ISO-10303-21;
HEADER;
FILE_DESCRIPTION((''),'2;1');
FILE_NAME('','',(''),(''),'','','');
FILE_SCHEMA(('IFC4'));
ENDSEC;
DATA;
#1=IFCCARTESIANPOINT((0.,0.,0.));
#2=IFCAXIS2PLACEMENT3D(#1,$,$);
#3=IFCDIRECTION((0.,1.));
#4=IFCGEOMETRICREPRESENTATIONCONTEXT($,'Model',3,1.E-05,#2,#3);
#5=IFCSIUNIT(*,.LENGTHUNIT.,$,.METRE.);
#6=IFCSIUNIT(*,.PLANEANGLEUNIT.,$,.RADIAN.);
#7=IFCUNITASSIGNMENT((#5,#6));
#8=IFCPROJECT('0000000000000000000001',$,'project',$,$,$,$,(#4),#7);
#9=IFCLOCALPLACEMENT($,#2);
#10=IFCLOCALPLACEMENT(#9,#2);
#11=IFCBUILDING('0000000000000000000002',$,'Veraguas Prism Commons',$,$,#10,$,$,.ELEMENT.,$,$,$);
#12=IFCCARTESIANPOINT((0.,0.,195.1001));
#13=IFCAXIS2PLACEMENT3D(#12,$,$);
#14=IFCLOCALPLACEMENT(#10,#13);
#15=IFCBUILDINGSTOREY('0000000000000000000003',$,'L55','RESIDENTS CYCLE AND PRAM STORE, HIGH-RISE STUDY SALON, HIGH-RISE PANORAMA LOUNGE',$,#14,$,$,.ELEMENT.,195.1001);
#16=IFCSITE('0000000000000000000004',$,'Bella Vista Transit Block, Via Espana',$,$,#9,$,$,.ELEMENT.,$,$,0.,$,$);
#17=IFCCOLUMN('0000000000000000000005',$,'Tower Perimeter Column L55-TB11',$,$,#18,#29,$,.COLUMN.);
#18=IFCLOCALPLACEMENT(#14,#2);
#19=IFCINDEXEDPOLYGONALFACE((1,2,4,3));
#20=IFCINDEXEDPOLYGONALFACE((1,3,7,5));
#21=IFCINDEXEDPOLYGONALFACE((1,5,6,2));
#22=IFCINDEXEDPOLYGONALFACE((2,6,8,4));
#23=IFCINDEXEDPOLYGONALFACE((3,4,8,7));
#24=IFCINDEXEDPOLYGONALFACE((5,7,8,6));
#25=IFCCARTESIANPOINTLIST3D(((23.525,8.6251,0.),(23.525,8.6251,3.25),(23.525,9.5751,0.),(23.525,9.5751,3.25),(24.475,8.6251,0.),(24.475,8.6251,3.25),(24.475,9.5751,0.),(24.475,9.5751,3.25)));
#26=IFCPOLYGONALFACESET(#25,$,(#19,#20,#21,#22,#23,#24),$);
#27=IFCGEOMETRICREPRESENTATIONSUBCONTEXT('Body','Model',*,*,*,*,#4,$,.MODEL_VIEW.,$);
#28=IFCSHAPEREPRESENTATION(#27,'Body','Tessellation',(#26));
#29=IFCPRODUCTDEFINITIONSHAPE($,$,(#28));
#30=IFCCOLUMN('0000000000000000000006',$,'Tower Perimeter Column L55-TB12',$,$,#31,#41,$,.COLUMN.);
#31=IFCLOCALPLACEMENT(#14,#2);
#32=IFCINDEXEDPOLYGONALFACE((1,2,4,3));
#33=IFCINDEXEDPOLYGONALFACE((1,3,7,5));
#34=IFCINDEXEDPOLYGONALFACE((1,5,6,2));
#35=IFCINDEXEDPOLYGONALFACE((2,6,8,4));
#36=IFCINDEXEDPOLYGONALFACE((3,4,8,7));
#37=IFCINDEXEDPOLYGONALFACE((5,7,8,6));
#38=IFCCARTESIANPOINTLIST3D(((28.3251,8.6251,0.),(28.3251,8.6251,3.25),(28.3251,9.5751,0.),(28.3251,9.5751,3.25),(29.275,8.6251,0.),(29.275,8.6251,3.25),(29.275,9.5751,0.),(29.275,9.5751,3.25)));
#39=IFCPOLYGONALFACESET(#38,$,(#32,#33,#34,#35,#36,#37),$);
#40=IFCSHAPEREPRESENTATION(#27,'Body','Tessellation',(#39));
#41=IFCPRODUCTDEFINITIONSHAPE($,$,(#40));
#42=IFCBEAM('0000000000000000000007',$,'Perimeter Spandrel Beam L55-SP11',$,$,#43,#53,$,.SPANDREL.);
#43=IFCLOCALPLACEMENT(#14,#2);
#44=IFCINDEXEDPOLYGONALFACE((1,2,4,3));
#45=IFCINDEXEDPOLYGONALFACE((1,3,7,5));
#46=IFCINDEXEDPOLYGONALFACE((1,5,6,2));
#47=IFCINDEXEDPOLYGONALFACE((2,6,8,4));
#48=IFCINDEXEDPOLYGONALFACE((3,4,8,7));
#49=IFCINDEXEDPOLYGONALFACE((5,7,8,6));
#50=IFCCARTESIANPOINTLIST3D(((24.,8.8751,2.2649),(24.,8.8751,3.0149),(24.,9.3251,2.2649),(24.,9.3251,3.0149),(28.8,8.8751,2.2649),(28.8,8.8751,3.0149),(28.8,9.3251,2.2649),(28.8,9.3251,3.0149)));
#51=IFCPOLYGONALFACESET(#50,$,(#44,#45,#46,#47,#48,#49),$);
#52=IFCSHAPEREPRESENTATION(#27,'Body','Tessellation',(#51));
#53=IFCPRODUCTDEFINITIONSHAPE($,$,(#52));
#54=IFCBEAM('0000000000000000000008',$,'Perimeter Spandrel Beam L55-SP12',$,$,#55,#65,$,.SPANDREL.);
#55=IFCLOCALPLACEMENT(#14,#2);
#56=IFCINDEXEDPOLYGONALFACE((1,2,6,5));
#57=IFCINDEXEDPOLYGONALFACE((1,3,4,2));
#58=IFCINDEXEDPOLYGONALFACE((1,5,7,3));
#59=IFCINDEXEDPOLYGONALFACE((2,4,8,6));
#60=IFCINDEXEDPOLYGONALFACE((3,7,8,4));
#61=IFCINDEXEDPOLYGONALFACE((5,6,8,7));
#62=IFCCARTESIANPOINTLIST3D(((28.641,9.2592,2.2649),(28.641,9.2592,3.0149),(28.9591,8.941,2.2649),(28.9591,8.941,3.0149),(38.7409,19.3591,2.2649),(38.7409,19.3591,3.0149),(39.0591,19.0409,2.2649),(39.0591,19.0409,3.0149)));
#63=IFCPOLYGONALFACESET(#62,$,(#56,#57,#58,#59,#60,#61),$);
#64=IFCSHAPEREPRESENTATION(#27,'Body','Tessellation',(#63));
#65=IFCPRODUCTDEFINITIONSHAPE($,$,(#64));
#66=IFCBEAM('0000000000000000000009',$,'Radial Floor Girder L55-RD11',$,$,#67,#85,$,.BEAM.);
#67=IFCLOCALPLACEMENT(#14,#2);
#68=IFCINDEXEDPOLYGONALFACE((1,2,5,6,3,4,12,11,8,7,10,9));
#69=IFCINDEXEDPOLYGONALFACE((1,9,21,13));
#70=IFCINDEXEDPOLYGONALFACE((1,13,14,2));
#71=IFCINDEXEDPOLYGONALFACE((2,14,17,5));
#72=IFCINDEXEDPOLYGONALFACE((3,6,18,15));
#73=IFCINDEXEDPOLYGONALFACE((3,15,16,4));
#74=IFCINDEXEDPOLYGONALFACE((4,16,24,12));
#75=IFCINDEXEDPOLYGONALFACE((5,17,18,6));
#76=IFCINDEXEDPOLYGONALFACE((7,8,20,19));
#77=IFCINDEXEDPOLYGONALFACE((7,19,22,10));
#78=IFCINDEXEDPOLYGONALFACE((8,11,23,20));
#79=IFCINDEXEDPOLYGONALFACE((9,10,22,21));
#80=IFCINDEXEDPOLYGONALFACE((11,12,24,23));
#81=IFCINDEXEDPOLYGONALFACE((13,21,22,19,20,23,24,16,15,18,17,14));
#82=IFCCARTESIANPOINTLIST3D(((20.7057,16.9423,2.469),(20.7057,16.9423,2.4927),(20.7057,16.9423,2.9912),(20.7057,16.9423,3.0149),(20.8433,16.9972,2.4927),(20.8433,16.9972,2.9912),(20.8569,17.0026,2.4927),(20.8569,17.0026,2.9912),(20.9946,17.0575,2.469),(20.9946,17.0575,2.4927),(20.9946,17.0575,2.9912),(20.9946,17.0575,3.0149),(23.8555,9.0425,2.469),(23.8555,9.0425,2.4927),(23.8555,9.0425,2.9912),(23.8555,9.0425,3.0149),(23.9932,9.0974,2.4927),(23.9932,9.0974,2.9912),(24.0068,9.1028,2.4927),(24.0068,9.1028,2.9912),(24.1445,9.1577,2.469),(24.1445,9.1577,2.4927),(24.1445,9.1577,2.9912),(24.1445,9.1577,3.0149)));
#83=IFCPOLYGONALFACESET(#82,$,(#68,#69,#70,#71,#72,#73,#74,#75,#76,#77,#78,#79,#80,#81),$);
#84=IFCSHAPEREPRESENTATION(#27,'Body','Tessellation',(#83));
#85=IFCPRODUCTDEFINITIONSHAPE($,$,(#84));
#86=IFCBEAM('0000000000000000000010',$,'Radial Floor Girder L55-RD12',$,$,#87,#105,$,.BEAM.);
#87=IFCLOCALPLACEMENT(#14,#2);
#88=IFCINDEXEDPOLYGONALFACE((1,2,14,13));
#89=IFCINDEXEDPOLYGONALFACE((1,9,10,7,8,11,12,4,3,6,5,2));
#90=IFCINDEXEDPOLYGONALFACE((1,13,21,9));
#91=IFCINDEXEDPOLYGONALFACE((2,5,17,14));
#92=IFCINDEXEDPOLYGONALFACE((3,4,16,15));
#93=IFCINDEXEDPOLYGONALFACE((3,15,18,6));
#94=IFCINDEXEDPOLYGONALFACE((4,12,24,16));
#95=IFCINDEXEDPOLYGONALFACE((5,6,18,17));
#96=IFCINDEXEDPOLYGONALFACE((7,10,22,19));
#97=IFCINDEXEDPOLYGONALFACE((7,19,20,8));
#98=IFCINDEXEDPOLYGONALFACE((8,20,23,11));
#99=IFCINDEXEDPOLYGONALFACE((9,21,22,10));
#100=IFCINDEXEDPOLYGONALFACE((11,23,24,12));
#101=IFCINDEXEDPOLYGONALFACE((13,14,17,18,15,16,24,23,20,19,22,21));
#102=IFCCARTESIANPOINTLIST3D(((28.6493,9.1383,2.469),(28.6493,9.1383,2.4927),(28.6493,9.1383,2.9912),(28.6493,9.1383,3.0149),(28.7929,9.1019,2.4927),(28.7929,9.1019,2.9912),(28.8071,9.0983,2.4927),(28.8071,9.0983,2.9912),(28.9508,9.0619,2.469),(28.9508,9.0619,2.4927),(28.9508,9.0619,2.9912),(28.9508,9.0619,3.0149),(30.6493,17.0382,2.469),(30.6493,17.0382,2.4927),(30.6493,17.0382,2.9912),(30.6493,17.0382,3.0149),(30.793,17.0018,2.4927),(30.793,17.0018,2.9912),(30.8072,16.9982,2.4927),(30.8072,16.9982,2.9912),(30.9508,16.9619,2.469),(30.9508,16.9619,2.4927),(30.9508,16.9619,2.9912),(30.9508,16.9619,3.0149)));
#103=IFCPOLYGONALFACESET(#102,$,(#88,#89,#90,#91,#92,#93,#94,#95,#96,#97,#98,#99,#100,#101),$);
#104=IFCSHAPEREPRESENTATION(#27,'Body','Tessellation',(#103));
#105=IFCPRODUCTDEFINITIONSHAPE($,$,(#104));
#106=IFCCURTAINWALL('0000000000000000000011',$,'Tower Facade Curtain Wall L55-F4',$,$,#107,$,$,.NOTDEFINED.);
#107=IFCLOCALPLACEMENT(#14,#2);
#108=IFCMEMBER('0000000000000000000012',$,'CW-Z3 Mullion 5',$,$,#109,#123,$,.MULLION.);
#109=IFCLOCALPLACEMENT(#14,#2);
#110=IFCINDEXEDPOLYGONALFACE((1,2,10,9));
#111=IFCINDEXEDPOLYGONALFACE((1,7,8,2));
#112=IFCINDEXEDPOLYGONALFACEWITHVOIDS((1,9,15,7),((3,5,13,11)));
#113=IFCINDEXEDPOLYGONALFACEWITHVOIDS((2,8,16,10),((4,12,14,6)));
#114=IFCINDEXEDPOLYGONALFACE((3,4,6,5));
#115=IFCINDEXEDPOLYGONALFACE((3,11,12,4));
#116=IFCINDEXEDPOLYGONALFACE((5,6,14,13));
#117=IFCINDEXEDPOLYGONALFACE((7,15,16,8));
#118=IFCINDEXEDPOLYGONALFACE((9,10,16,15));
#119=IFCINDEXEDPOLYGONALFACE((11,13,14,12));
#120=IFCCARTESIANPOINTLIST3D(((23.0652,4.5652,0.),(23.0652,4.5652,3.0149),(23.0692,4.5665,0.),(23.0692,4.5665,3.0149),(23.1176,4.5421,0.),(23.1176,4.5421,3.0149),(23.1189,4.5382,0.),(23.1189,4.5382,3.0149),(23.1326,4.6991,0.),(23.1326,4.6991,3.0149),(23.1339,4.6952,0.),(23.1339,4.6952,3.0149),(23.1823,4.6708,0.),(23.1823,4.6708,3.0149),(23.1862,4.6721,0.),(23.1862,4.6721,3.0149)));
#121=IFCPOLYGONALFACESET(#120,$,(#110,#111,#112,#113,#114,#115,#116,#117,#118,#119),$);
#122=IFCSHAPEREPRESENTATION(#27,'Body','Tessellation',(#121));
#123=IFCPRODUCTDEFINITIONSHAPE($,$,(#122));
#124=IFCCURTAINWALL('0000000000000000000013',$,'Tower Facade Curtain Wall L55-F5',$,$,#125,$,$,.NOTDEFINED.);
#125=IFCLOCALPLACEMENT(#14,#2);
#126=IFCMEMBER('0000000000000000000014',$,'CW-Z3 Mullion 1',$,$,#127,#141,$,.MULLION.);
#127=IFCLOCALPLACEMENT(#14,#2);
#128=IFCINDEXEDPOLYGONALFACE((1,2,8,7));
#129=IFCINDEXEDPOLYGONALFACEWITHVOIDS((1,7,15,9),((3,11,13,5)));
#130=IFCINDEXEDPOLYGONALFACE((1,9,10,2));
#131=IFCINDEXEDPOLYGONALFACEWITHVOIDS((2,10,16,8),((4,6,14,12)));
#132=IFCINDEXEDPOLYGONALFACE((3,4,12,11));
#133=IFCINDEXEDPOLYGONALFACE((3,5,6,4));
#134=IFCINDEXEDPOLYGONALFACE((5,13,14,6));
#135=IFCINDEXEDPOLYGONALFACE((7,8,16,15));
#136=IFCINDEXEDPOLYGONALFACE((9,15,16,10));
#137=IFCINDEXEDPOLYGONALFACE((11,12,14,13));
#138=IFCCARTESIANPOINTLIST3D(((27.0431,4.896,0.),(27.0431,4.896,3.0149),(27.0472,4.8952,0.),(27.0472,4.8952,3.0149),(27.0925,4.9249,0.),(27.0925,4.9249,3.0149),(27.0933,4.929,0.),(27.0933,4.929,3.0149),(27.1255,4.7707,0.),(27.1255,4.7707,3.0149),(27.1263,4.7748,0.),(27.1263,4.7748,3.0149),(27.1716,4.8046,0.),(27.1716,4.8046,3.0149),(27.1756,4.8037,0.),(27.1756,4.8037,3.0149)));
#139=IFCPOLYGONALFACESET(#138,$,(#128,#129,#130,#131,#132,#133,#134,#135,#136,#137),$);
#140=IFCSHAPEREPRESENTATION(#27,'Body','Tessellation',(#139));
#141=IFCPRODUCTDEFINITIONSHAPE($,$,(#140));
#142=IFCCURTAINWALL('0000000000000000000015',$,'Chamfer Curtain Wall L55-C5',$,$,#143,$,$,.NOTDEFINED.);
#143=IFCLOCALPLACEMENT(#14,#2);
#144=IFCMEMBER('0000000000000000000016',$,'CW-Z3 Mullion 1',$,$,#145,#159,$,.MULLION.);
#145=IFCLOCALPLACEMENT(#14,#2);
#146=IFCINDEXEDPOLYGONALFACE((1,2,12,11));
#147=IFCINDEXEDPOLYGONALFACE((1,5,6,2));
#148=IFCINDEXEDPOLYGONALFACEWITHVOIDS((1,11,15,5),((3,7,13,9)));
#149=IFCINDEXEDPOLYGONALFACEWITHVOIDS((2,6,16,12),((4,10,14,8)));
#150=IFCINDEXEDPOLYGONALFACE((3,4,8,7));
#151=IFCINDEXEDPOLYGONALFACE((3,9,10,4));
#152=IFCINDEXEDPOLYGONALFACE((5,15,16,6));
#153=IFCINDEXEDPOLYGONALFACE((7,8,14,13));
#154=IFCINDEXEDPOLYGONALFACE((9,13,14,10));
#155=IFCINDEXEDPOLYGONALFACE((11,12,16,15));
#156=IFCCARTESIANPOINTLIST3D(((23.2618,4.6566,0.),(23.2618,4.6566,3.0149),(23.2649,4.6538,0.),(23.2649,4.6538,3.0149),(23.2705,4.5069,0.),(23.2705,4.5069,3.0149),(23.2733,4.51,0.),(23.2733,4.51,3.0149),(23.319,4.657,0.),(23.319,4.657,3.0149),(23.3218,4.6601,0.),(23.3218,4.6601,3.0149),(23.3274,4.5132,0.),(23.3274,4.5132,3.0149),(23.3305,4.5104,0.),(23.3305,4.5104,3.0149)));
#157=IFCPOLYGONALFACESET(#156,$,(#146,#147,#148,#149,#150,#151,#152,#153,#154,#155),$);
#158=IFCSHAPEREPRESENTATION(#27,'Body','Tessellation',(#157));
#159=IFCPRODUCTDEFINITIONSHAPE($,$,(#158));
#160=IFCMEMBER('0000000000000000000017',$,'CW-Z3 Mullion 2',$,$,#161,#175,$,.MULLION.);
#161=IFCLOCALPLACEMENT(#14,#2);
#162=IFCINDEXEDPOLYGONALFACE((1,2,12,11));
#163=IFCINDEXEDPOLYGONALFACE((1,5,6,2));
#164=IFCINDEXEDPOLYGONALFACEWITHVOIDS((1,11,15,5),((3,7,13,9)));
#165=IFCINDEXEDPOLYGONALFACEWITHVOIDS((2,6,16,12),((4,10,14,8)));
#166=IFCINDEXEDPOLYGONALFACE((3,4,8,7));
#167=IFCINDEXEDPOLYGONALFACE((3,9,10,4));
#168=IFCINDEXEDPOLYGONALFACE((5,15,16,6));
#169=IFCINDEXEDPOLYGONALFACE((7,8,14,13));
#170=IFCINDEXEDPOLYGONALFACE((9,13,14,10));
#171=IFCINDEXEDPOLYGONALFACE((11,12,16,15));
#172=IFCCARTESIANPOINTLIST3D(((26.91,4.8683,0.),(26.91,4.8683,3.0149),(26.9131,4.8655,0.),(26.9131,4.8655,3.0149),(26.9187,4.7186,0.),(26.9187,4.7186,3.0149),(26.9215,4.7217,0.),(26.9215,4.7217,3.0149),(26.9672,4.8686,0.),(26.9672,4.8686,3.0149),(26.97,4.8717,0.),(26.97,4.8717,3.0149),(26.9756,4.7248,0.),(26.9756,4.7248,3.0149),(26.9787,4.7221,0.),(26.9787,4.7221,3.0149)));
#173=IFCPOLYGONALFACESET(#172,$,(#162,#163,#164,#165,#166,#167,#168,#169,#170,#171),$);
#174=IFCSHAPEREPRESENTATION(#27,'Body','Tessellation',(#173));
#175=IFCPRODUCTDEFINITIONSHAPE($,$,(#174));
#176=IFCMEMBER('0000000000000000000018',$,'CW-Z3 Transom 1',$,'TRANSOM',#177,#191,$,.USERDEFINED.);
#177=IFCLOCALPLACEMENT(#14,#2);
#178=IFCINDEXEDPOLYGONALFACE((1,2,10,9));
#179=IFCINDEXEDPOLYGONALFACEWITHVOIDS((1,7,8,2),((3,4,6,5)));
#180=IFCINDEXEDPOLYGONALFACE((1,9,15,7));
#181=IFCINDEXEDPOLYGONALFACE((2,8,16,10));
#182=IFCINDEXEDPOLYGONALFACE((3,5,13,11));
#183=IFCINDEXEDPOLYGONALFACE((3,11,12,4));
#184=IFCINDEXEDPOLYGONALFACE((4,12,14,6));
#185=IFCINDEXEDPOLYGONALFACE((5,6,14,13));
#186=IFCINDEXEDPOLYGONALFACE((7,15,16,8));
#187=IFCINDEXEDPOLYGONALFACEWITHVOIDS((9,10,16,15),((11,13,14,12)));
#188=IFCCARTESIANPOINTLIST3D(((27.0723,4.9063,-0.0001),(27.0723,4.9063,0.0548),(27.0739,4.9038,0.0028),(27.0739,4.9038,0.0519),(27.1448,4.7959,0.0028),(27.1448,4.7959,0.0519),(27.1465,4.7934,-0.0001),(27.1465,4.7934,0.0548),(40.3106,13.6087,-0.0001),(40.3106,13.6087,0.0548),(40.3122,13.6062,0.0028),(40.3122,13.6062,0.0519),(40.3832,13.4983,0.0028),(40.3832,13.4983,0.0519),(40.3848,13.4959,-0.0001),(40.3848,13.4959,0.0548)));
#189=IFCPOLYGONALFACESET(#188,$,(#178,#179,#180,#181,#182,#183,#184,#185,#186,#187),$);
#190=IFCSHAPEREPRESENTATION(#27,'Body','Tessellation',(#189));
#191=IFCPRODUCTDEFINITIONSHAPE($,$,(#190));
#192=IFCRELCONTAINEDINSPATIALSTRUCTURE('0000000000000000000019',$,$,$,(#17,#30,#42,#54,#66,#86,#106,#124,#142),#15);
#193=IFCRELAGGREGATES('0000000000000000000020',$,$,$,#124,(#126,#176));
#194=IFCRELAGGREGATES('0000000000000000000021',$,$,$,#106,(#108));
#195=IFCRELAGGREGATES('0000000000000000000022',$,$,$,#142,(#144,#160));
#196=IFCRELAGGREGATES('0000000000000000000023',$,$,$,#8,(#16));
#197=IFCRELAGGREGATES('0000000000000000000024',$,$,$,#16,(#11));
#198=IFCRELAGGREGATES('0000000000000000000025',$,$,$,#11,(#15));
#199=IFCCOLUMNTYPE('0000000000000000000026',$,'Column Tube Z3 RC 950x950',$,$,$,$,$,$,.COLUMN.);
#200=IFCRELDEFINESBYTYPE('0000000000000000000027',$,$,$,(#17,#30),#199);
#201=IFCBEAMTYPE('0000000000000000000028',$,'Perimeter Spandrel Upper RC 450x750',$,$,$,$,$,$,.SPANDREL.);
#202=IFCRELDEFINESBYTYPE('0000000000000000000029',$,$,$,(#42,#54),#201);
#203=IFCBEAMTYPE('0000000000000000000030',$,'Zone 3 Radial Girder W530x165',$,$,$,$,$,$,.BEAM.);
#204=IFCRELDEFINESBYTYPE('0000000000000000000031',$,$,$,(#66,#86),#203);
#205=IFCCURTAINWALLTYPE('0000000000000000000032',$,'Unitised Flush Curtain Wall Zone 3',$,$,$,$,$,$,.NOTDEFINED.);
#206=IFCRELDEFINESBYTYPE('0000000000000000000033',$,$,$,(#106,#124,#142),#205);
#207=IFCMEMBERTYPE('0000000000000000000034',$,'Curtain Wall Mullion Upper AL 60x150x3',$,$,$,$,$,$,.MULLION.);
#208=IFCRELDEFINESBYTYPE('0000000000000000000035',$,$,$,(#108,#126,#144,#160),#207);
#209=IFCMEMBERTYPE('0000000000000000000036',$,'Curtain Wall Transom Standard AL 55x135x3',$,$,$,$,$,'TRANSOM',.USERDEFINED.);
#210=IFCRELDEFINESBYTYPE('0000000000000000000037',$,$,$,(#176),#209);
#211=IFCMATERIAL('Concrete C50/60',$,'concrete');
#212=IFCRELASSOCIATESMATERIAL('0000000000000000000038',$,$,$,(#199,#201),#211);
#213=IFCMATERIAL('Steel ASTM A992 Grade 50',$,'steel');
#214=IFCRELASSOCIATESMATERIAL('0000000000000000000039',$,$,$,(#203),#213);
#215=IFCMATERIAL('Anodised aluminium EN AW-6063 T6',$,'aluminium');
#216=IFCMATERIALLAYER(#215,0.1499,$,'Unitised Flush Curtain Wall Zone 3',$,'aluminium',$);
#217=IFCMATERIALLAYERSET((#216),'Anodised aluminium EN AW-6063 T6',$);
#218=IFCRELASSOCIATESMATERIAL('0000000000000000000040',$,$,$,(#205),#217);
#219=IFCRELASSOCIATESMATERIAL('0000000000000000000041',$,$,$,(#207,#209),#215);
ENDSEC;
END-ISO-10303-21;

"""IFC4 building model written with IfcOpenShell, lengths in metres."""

from ifc_helpers import new_model, si_unit, direction, frame, origin, origin_2d, place, context, subcontext, project, spatial, rectangle, hollow_rectangle, i_section, extrude, source, transform, mapped, material, layer, layer_set, material_profile, profile_set, type_object, element, aggregate, save


model = new_model("IFC4")

# Units and contexts
model_context = context("Model", 3, precision=1e-05, world=origin(), true_north=direction((0.0, 1.0)))
body_context = subcontext(model_context, "Body", "Model", "MODEL_VIEW")
ifc_project = project(units=[si_unit("LENGTHUNIT", "METRE"), si_unit("PLANEANGLEUNIT", "RADIAN")], contexts=[model_context])

# Site, building, storey
site_placement = place(None, origin())
site = spatial("IfcSite", under=ifc_project, at=site_placement, Name="Bella Vista Transit Block, Via Espana", CompositionType="ELEMENT", RefElevation=0.0)
building_placement = place(site_placement, origin())
building = spatial("IfcBuilding", under=site, at=building_placement, Name="Veraguas Prism Commons", CompositionType="ELEMENT")
storey_placement = place(building_placement, frame((0.0, 0.0, 195.1001)))
storey = spatial("IfcBuildingStorey", under=building, at=storey_placement, Name="L55", Description="RESIDENTS CYCLE AND PRAM STORE, HIGH-RISE STUDY SALON, HIGH-RISE PANORAMA LOUNGE", CompositionType="ELEMENT", Elevation=195.1001)

# Columns
ifc_material_1 = material(Name="Concrete C50/60", Category="concrete")
ifc_material_profile_1 = material_profile(ifc_material_1, rectangle(XDim=0.95, YDim=0.95, at=origin_2d()), Name="RC950X950")
ifc_profile_set_1 = profile_set([ifc_material_profile_1], Name="Concrete C50/60")
column_type = type_object("IfcColumnType", Name="Column Tube Z3 RC 950x950", PredefinedType="COLUMN", material=ifc_profile_set_1)
for number, where, z_axis, x_axis, name in (
    (1, (24.0, 9.1001, 0.0), (0.0, 0.0, 1.0), (1.0, 0.0, 0.0), "Tower Perimeter Column L55-TB11"),
    (2, (28.8, 9.1001, 0.0), (0.0, 0.0, 1.0), (1.0, 0.0, 0.0), "Tower Perimeter Column L55-TB12"),
):
    element("IfcColumn", number, at=place(storey_placement, frame(where, z_axis=z_axis, x_axis=x_axis)), inside=storey, type_object=column_type, Name=name, PredefinedType="COLUMN", context=body_context, shape_type="SweptSolid", body=[
        extrude(rectangle(XDim=0.95, YDim=0.95, at=origin_2d()), origin(), (0.0, 0.0, 1.0), 3.25),
    ])

# Beams
ifc_material_profile_2 = material_profile(ifc_material_1, rectangle(XDim=0.45, YDim=0.75, at=origin_2d()), Name="RC450X750")
ifc_profile_set_2 = profile_set([ifc_material_profile_2], Name="Concrete C50/60")
beam_type_1 = type_object("IfcBeamType", Name="Perimeter Spandrel Upper RC 450x750", PredefinedType="SPANDREL", material=ifc_profile_set_2)
beam_1_placement = place(storey_placement, frame((24.0, 9.1001, 2.6399), z_axis=(1.0, 0.0, 0.0), x_axis=(0.0, 1.0, 0.0)))
element("IfcBeam", 3, at=beam_1_placement, inside=storey, type_object=beam_type_1, Name="Perimeter Spandrel Beam L55-SP11", PredefinedType="SPANDREL", context=body_context, shape_type="SweptSolid", body=[
    extrude(rectangle(XDim=0.45, YDim=0.75, at=origin_2d()), origin(), (0.0, 0.0, 1.0), 4.8),
])
beam_2_placement = place(storey_placement, frame((28.8, 9.1001, 2.6399), z_axis=(0.707107, 0.707107, 0.0), x_axis=(-0.707107, 0.707107, 0.0)))
element("IfcBeam", 4, at=beam_2_placement, inside=storey, type_object=beam_type_1, Name="Perimeter Spandrel Beam L55-SP12", PredefinedType="SPANDREL", context=body_context, shape_type="SweptSolid", body=[
    extrude(rectangle(XDim=0.45, YDim=0.75, at=origin_2d()), origin(), (0.0, 0.0, 1.0), 14.2834),
])
ifc_material_2 = material(Name="Steel ASTM A992 Grade 50", Category="steel")
ifc_material_profile_3 = material_profile(ifc_material_2, i_section(OverallWidth=0.311, OverallDepth=0.5459, WebThickness=0.0146, FlangeThickness=0.0237, at=origin_2d()), Name="W530X165")
ifc_profile_set_3 = profile_set([ifc_material_profile_3], Name="Steel ASTM A992 Grade 50")
beam_type_2 = type_object("IfcBeamType", Name="Zone 3 Radial Girder W530x165", PredefinedType="BEAM", material=ifc_profile_set_3)
beam_3_placement = place(storey_placement, frame((24.0, 9.1001, 2.7419), z_axis=(-0.370371, 0.928884, 0.0), x_axis=(-0.928884, -0.370371, 0.0)))
element("IfcBeam", 5, at=beam_3_placement, inside=storey, type_object=beam_type_2, Name="Radial Floor Girder L55-RD11", PredefinedType="BEAM", context=body_context, shape_type="SweptSolid", body=[
    extrude(i_section(OverallWidth=0.311, OverallDepth=0.5459, WebThickness=0.0146, FlangeThickness=0.0237, at=origin_2d()), origin(), (0.0, 0.0, 1.0), 8.5046),
])
beam_4_placement = place(storey_placement, frame((28.8, 9.1001, 2.7419), z_axis=(0.245425, 0.969416, 0.0), x_axis=(-0.969416, 0.245425, 0.0)))
element("IfcBeam", 6, at=beam_4_placement, inside=storey, type_object=beam_type_2, Name="Radial Floor Girder L55-RD12", PredefinedType="BEAM", context=body_context, shape_type="SweptSolid", body=[
    extrude(i_section(OverallWidth=0.311, OverallDepth=0.5459, WebThickness=0.0146, FlangeThickness=0.0237, at=origin_2d()), origin(), (0.0, 0.0, 1.0), 8.1492),
])

# Curtain walls, members
ifc_material_3 = material(Name="Anodised aluminium EN AW-6063 T6", Category="aluminium")
ifc_layer_1 = layer(ifc_material_3, 0.1499, Name="Unitised Flush Curtain Wall Zone 3", Category="aluminium")
ifc_layer_set_1 = layer_set([ifc_layer_1], Name="Anodised aluminium EN AW-6063 T6")
curtain_wall_type = type_object("IfcCurtainWallType", Name="Unitised Flush Curtain Wall Zone 3", PredefinedType="NOTDEFINED", material=ifc_layer_set_1)
curtain_wall_1_placement = place(storey_placement, origin())
curtain_wall_1 = element("IfcCurtainWall", 7, at=curtain_wall_1_placement, inside=storey, type_object=curtain_wall_type, Name="Tower Facade Curtain Wall L55-F4", PredefinedType="NOTDEFINED")
ifc_material_profile_4 = material_profile(ifc_material_3, hollow_rectangle(XDim=0.0601, YDim=0.1499, WallThickness=0.0029, at=origin_2d()), Name="AL60X150X3")
ifc_profile_set_4 = profile_set([ifc_material_profile_4], Name="Anodised aluminium EN AW-6063 T6")
member_type_1 = type_object("IfcMemberType", Name="Curtain Wall Mullion Upper AL 60x150x3", PredefinedType="MULLION", material=ifc_profile_set_4)
shared_shape_1 = source(origin(), body_context, "Body", "SweptSolid", [
    extrude(hollow_rectangle(XDim=0.0601, YDim=0.1499, WallThickness=0.0029, at=origin_2d()), origin(), (0.0, 0.0, 1.0), 3.0149),
])
member_1_placement = place(storey_placement, frame((23.1257, 4.6187, 0.0), z_axis=(0.0, 0.0, 1.0), x_axis=(0.893526, -0.449012, 0.0)))
member_1 = element("IfcMember", 8, at=member_1_placement, type_object=member_type_1, Name="CW-Z3 Mullion 5", PredefinedType="MULLION", context=body_context, shape_type="MappedRepresentation", body=[
    mapped(shared_shape_1, transform((0.0, 0.0, 0.0), scale=1.0)),
])
curtain_wall_2_placement = place(storey_placement, origin())
curtain_wall_2 = element("IfcCurtainWall", 9, at=curtain_wall_2_placement, inside=storey, type_object=curtain_wall_type, Name="Tower Facade Curtain Wall L55-F5", PredefinedType="NOTDEFINED")
member_2_placement = place(storey_placement, frame((27.1094, 4.8499, 0.0), z_axis=(0.0, 0.0, 1.0), x_axis=(0.835621, 0.549306, 0.0)))
member_2 = element("IfcMember", 10, at=member_2_placement, type_object=member_type_1, Name="CW-Z3 Mullion 1", PredefinedType="MULLION", context=body_context, shape_type="MappedRepresentation", body=[
    mapped(shared_shape_1, transform((0.0, 0.0, 0.0), scale=1.0)),
])

# Curtain wall, members
curtain_wall_3_placement = place(storey_placement, origin())
curtain_wall_3 = element("IfcCurtainWall", 11, at=curtain_wall_3_placement, inside=storey, type_object=curtain_wall_type, Name="Chamfer Curtain Wall L55-C5", PredefinedType="NOTDEFINED")
member_3_placement = place(storey_placement, frame((23.2961, 4.5835, 0.0), z_axis=(0.0, 0.0, 1.0), x_axis=(0.998322, 0.057909, 0.0)))
member_3 = element("IfcMember", 12, at=member_3_placement, type_object=member_type_1, Name="CW-Z3 Mullion 1", PredefinedType="MULLION", context=body_context, shape_type="MappedRepresentation", body=[
    mapped(shared_shape_1, transform((0.0, 0.0, 0.0), scale=1.0)),
])
member_4_placement = place(storey_placement, frame((26.9443, 4.7952, 0.0), z_axis=(0.0, 0.0, 1.0), x_axis=(0.998322, 0.057909, 0.0)))
member_4 = element("IfcMember", 13, at=member_4_placement, type_object=member_type_1, Name="CW-Z3 Mullion 2", PredefinedType="MULLION", context=body_context, shape_type="MappedRepresentation", body=[
    mapped(shared_shape_1, transform((0.0, 0.0, 0.0), scale=1.0)),
])

# Member
ifc_material_profile_5 = material_profile(ifc_material_3, hollow_rectangle(XDim=0.0549, YDim=0.135, WallThickness=0.0029, at=origin_2d()), Name="AL55X135X3")
ifc_profile_set_5 = profile_set([ifc_material_profile_5], Name="Anodised aluminium EN AW-6063 T6")
member_type_2 = type_object("IfcMemberType", Name="Curtain Wall Transom Standard AL 55x135x3", ElementType="TRANSOM", PredefinedType="USERDEFINED", material=ifc_profile_set_5)
shared_shape_2 = source(origin(), body_context, "Body", "SweptSolid", [
    extrude(hollow_rectangle(XDim=0.0549, YDim=0.135, WallThickness=0.0029, at=origin_2d()), origin(), (0.0, 0.0, 1.0), 15.8425),
])
member_5_placement = place(storey_placement, frame((27.1094, 4.8499, 0.0273), z_axis=(0.83562, 0.549308, 0.0), x_axis=(0.0, 0.0, 1.0)))
member_5 = element("IfcMember", 14, at=member_5_placement, type_object=member_type_2, Name="CW-Z3 Transom 1", ObjectType="TRANSOM", PredefinedType="USERDEFINED", context=body_context, shape_type="MappedRepresentation", body=[
    mapped(shared_shape_2, transform((0.0, 0.0, 0.0), scale=1.0)),
])

aggregate(curtain_wall_2, [member_2, member_5])
aggregate(curtain_wall_1, [member_1])
aggregate(curtain_wall_3, [member_3, member_4])

save(model, "model.ifc")
